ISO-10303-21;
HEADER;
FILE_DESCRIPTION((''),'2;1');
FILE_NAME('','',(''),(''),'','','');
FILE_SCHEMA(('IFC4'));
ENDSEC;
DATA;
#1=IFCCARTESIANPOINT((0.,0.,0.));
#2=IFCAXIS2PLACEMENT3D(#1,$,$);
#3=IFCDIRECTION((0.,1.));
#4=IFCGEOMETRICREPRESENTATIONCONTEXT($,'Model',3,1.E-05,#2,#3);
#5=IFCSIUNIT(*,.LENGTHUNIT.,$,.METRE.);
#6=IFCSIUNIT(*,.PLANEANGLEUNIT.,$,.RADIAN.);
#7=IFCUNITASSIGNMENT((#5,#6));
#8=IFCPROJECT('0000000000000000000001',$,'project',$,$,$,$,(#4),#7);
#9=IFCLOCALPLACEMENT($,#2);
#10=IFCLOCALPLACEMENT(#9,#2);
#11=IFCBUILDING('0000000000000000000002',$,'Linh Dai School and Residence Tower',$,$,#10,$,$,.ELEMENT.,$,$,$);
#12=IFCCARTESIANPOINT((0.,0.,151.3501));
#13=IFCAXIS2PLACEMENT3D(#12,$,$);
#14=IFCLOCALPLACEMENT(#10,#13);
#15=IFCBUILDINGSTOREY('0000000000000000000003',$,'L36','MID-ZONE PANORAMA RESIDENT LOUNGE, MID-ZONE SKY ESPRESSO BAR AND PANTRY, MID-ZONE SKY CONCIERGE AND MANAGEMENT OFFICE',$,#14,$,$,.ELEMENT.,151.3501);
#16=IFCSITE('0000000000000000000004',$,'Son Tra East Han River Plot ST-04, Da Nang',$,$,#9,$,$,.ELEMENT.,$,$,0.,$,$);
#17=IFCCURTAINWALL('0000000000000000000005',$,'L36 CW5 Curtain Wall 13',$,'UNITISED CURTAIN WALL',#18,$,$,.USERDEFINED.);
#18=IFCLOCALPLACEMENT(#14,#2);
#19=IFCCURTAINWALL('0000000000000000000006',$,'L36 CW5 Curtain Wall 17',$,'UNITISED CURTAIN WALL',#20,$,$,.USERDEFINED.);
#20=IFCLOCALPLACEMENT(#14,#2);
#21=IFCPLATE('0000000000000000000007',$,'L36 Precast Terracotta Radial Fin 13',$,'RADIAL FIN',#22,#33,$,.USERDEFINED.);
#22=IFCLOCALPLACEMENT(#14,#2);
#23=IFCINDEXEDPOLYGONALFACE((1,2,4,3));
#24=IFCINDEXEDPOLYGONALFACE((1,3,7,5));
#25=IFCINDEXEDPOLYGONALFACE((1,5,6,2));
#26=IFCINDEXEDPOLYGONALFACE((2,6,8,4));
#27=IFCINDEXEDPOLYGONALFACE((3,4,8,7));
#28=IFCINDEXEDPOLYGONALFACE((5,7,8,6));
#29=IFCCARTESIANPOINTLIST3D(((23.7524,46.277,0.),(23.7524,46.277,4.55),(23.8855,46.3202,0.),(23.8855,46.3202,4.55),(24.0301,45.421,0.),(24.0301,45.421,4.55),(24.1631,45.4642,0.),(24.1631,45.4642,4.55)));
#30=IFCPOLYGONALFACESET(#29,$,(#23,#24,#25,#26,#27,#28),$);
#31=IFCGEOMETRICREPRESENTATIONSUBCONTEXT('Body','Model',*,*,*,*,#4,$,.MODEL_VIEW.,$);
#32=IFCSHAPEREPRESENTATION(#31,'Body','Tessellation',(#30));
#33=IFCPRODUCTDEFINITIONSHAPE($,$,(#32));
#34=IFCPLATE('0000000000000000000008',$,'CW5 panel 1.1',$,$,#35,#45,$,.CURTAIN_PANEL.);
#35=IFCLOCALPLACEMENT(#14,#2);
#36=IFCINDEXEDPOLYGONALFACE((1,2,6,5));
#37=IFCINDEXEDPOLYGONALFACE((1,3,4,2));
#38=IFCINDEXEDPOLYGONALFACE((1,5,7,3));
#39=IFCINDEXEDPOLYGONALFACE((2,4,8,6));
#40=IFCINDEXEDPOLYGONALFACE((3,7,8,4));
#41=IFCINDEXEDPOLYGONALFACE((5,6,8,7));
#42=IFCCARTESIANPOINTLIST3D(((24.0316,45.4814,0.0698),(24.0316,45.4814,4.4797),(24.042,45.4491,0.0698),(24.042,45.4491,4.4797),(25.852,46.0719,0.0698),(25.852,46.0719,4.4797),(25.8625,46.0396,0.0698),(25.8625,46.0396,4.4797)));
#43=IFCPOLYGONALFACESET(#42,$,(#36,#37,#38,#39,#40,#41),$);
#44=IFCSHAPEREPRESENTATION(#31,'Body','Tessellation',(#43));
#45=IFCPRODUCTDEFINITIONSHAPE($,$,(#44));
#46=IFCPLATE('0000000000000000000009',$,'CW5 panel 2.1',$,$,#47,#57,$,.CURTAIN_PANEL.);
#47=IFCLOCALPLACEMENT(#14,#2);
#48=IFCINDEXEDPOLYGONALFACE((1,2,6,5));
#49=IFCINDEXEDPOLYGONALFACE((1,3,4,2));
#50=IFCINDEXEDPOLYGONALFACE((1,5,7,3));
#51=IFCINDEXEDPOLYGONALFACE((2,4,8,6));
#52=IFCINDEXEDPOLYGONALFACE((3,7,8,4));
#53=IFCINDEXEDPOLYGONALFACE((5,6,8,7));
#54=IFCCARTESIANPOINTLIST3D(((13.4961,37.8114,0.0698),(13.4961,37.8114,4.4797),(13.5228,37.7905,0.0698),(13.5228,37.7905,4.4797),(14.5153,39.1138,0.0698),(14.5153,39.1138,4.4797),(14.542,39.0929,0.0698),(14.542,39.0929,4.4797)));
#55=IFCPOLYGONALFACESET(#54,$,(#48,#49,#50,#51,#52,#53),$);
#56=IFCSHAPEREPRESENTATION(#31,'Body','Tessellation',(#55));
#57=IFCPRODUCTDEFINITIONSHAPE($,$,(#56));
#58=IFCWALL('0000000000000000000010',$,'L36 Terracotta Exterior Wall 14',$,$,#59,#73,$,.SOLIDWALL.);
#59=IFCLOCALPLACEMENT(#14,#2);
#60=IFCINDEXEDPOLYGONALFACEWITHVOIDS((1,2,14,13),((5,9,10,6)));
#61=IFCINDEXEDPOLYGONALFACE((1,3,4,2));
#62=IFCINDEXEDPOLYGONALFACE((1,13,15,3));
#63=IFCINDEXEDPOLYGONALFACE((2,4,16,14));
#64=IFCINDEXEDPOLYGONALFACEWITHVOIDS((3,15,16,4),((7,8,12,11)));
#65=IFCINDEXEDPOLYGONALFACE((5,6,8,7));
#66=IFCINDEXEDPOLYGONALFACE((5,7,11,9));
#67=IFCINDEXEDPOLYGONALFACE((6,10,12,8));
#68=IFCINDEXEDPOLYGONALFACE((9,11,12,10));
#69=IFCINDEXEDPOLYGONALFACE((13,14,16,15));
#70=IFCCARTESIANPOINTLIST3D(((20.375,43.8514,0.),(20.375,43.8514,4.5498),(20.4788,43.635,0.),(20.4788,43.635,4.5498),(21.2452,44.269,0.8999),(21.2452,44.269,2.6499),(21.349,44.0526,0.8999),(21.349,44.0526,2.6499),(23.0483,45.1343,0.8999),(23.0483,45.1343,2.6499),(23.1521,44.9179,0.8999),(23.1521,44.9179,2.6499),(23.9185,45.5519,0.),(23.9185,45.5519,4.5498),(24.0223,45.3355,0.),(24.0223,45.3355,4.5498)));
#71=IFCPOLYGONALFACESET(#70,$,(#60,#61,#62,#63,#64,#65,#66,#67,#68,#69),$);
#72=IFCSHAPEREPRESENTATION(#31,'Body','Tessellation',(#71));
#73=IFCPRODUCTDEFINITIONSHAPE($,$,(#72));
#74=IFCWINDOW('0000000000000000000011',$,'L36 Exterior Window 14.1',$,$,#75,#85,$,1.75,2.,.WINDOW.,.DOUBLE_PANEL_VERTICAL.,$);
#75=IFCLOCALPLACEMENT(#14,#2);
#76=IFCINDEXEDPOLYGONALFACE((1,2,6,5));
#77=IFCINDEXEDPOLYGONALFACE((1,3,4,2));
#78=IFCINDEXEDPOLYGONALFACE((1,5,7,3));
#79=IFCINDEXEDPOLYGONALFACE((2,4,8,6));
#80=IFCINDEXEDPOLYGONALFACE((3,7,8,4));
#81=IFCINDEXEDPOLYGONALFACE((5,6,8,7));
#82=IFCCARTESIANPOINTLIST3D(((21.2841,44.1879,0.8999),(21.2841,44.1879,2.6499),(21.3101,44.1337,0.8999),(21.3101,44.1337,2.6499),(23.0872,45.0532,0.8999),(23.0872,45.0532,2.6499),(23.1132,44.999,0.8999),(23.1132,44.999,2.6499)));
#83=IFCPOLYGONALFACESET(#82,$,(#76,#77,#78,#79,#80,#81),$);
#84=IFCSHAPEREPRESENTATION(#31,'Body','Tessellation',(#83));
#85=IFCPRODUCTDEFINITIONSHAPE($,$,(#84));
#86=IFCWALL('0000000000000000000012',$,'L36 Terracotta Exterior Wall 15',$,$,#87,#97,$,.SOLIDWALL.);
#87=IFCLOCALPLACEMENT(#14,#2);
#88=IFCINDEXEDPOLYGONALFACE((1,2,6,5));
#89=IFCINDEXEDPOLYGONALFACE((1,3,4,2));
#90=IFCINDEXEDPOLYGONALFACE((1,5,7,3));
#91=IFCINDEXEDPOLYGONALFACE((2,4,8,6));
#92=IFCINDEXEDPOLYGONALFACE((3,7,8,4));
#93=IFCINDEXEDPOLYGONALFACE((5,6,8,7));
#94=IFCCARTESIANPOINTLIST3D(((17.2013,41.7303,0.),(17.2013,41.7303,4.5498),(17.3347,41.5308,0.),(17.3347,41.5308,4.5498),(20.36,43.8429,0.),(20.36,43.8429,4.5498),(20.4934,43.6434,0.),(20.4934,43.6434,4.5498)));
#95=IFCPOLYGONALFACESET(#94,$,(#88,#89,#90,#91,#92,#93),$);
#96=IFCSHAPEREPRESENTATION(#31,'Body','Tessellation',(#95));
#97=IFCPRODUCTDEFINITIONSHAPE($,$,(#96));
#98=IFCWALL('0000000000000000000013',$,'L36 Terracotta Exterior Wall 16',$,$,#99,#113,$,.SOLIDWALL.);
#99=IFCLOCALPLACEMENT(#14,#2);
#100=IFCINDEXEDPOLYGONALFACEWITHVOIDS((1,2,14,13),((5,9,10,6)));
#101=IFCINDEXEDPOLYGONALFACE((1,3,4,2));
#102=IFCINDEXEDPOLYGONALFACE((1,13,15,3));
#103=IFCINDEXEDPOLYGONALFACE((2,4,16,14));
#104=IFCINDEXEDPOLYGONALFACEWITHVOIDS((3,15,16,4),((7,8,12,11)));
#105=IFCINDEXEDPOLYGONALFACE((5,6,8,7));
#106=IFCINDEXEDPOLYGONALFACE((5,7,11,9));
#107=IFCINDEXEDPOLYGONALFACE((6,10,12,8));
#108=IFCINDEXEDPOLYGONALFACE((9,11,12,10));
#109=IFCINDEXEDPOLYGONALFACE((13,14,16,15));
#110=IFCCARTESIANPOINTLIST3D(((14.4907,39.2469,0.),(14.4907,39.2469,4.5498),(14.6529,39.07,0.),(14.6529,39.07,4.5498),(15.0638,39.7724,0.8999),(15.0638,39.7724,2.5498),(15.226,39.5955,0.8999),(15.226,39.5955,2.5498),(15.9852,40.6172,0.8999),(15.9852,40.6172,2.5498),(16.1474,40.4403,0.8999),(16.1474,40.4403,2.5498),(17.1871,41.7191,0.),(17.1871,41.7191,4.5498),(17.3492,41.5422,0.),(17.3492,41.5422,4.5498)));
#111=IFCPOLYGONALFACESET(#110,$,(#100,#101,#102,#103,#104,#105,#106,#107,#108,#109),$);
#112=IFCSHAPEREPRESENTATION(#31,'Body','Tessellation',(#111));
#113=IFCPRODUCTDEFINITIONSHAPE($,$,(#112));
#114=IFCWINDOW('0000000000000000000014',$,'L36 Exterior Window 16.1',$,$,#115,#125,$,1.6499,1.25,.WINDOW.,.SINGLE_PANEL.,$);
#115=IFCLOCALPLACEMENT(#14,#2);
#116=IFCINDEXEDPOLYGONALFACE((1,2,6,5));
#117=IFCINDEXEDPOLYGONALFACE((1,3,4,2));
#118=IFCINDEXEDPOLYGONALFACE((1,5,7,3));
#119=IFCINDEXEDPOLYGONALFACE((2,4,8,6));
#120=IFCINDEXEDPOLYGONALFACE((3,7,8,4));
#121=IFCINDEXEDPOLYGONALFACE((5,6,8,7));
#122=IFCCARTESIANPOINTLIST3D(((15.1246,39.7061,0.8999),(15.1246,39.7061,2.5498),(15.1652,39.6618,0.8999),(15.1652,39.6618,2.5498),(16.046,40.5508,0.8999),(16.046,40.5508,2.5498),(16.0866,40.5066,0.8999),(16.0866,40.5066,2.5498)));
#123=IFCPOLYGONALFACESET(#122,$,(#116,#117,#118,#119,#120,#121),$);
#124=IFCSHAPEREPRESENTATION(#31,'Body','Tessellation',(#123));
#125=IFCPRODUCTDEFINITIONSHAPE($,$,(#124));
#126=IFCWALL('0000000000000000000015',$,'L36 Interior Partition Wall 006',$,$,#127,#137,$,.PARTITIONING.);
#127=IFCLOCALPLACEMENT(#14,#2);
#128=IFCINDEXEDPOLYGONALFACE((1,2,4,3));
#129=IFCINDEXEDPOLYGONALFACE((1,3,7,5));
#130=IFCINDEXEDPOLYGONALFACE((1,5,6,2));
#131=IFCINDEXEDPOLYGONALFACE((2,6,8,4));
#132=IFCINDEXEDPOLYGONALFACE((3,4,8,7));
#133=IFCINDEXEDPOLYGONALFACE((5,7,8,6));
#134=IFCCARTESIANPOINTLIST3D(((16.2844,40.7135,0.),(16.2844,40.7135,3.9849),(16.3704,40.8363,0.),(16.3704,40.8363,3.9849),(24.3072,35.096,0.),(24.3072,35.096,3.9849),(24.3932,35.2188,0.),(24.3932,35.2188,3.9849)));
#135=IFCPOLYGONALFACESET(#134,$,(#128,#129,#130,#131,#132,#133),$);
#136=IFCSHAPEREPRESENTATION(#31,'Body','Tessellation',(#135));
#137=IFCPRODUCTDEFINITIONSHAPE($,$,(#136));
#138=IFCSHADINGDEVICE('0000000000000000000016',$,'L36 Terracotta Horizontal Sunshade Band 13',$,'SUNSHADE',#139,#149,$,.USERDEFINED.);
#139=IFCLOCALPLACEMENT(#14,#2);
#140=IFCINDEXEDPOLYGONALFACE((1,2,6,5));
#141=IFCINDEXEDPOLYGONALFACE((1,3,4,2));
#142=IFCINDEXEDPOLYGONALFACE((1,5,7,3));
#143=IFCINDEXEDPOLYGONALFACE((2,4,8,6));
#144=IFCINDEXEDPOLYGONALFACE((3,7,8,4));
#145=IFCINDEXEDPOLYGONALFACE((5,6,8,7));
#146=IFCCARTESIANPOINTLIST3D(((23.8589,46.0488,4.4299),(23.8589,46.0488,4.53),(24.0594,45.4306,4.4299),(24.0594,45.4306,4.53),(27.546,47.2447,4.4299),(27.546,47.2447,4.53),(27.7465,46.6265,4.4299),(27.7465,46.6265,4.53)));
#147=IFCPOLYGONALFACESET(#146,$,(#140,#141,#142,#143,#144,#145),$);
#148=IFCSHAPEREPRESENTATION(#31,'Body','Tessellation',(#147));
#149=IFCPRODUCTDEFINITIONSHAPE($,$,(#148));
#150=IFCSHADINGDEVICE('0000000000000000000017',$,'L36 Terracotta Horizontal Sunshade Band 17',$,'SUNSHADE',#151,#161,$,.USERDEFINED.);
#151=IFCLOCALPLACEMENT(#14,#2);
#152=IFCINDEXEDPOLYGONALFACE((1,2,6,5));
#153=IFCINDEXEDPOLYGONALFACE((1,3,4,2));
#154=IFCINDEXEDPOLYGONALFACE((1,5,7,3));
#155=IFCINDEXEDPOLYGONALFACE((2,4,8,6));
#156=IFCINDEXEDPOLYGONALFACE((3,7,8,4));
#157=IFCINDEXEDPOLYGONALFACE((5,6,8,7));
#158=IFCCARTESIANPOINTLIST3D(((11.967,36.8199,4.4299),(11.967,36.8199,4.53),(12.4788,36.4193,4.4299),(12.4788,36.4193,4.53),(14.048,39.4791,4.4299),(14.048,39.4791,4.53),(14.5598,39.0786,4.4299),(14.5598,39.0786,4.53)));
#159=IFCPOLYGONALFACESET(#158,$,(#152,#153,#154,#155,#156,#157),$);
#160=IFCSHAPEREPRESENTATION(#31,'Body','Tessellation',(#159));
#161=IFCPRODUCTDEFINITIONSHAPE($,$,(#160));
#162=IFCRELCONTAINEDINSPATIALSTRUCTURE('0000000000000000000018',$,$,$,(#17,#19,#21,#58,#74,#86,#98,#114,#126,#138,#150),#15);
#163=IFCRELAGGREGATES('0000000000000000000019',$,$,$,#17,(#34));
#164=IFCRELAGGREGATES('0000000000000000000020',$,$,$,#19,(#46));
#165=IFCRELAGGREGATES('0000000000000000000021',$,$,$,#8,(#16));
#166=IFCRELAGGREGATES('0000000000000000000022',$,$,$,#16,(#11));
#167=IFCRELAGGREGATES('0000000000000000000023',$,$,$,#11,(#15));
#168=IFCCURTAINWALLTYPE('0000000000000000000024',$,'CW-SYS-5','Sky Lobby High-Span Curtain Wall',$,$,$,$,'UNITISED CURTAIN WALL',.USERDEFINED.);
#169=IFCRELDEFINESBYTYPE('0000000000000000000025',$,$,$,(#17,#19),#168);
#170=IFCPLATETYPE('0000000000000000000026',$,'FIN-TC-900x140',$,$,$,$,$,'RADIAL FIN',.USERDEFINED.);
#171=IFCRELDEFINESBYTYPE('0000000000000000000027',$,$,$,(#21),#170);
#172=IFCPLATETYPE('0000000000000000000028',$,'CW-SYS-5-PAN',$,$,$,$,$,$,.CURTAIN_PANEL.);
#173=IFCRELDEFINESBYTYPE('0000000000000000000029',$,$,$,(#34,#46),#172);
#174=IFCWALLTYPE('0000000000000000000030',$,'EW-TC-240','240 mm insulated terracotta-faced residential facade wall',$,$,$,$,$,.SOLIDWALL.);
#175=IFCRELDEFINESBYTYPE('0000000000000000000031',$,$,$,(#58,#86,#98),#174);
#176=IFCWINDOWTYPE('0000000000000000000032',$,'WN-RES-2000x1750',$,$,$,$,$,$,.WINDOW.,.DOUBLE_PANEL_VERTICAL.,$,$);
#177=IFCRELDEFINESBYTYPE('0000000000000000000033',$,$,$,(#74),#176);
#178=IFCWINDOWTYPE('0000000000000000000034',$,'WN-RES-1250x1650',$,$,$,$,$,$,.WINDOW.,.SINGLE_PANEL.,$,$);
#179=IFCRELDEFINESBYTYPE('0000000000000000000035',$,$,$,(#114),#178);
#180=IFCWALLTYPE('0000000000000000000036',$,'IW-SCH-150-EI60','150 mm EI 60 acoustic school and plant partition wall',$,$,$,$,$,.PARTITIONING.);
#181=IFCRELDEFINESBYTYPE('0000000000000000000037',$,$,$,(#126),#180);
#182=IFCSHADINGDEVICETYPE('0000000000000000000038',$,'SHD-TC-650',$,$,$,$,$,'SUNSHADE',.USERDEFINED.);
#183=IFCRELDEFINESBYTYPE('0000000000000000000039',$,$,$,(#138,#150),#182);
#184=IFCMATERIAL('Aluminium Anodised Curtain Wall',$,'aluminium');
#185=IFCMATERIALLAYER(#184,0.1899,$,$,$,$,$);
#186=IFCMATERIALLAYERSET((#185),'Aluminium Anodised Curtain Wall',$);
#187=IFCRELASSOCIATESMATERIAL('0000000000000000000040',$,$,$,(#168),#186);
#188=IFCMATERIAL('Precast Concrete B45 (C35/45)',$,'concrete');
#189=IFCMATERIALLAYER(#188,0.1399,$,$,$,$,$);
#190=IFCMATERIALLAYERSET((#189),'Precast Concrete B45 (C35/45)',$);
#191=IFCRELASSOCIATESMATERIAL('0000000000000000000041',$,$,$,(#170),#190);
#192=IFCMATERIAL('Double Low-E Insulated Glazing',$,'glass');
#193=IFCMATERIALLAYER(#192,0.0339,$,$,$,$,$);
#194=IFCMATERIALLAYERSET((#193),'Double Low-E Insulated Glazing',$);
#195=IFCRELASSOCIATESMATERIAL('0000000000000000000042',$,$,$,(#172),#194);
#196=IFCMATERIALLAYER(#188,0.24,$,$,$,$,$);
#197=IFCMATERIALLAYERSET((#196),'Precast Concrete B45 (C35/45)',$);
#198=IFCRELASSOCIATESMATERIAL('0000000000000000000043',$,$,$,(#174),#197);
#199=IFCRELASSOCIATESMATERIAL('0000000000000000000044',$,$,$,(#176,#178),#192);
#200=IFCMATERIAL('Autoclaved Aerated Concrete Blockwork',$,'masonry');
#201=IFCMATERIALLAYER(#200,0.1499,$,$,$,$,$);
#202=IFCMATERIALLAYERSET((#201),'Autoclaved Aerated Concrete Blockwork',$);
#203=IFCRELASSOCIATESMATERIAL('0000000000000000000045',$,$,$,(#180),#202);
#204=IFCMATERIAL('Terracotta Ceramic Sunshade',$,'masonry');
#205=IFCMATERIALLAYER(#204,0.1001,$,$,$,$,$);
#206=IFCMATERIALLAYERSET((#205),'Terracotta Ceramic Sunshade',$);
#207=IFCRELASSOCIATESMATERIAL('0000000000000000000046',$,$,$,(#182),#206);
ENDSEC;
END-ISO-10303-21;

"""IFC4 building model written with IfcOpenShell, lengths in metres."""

from ifc_helpers import new_model, si_unit, direction, frame, frame_2d, origin, origin_2d, place, context, subcontext, project, spatial, rectangle, extrude, source, transform, mapped, material, layer, layer_set, type_object, element, fill, aggregate, save


model = new_model("IFC4")

# Units and contexts
model_context = context("Model", 3, precision=1e-05, world=origin(), true_north=direction((0.0, 1.0)))
body_context = subcontext(model_context, "Body", "Model", "MODEL_VIEW")
ifc_project = project(units=[si_unit("LENGTHUNIT", "METRE"), si_unit("PLANEANGLEUNIT", "RADIAN")], contexts=[model_context])

# Site, building, storey
site_placement = place(None, origin())
site = spatial("IfcSite", under=ifc_project, at=site_placement, Name="Son Tra East Han River Plot ST-04, Da Nang", CompositionType="ELEMENT", RefElevation=0.0)
building_placement = place(site_placement, origin())
building = spatial("IfcBuilding", under=site, at=building_placement, Name="Linh Dai School and Residence Tower", CompositionType="ELEMENT")
storey_placement = place(building_placement, frame((0.0, 0.0, 151.3501)))
storey = spatial("IfcBuildingStorey", under=building, at=storey_placement, Name="L36", Description="MID-ZONE PANORAMA RESIDENT LOUNGE, MID-ZONE SKY ESPRESSO BAR AND PANTRY, MID-ZONE SKY CONCIERGE AND MANAGEMENT OFFICE", CompositionType="ELEMENT", Elevation=151.3501)

# Curtain walls
ifc_material_1 = material(Name="Aluminium Anodised Curtain Wall", Category="aluminium")
ifc_layer_1 = layer(ifc_material_1, 0.1899)
ifc_layer_set_1 = layer_set([ifc_layer_1], Name="Aluminium Anodised Curtain Wall")
curtain_wall_type = type_object("IfcCurtainWallType", Name="CW-SYS-5", Description="Sky Lobby High-Span Curtain Wall", ElementType="UNITISED CURTAIN WALL", PredefinedType="USERDEFINED", material=ifc_layer_set_1)
curtain_wall_1_placement = place(storey_placement, origin())
curtain_wall_1 = element("IfcCurtainWall", 1, at=curtain_wall_1_placement, inside=storey, type_object=curtain_wall_type, Name="L36 CW5 Curtain Wall 13", ObjectType="UNITISED CURTAIN WALL", PredefinedType="USERDEFINED")
curtain_wall_2_placement = place(storey_placement, origin())
curtain_wall_2 = element("IfcCurtainWall", 2, at=curtain_wall_2_placement, inside=storey, type_object=curtain_wall_type, Name="L36 CW5 Curtain Wall 17", ObjectType="UNITISED CURTAIN WALL", PredefinedType="USERDEFINED")

# Plate
ifc_material_2 = material(Name="Precast Concrete B45 (C35/45)", Category="concrete")
ifc_layer_2 = layer(ifc_material_2, 0.1399)
ifc_layer_set_2 = layer_set([ifc_layer_2], Name="Precast Concrete B45 (C35/45)")
plate_type_1 = type_object("IfcPlateType", Name="FIN-TC-900x140", ElementType="RADIAL FIN", PredefinedType="USERDEFINED", material=ifc_layer_set_2)
shared_shape_1 = source(origin(), body_context, "Body", "SweptSolid", [
    extrude(rectangle(XDim=0.8999, YDim=0.1399, at=origin_2d()), origin(), (0.0, 0.0, 1.0), 4.55),
])
plate_1_placement = place(storey_placement, frame((23.9578, 45.8706, 0.0), z_axis=(0.0, 0.0, 1.0), x_axis=(-0.308536, 0.951213, 0.0)))
element("IfcPlate", 3, at=plate_1_placement, inside=storey, type_object=plate_type_1, Name="L36 Precast Terracotta Radial Fin 13", ObjectType="RADIAL FIN", PredefinedType="USERDEFINED", context=body_context, shape_type="MappedRepresentation", body=[
    mapped(shared_shape_1, transform((0.0, 0.0, 0.0), x_axis=(1.0, 0.0, 0.0), y_axis=(0.0, 1.0, 0.0), z_axis=(0.0, 0.0, 1.0), scale=1.0)),
])

# Plates
ifc_material_3 = material(Name="Double Low-E Insulated Glazing", Category="glass")
ifc_layer_3 = layer(ifc_material_3, 0.0339)
ifc_layer_set_3 = layer_set([ifc_layer_3], Name="Double Low-E Insulated Glazing")
plate_type_2 = type_object("IfcPlateType", Name="CW-SYS-5-PAN", PredefinedType="CURTAIN_PANEL", material=ifc_layer_set_3)
shared_shape_2 = source(origin(), body_context, "Body", "SweptSolid", [
    extrude(rectangle(XDim=1.9138, YDim=0.0339, at=origin_2d()), origin(), (0.0, 0.0, 1.0), 4.4099),
])
plate_2_placement = place(storey_placement, frame((24.947, 45.7605, 0.0698), z_axis=(0.0, 0.0, 1.0), x_axis=(0.951213, 0.308536, 0.0)))
plate_2 = element("IfcPlate", 4, at=plate_2_placement, type_object=plate_type_2, Name="CW5 panel 1.1", PredefinedType="CURTAIN_PANEL", context=body_context, shape_type="MappedRepresentation", body=[
    mapped(shared_shape_2, transform((0.0, 0.0, 0.0), x_axis=(1.0, 0.0, 0.0), y_axis=(0.0, 1.0, 0.0), z_axis=(0.0, 0.0, 1.0), scale=1.0)),
])
aggregate(curtain_wall_1, [plate_2])
shared_shape_3 = source(origin(), body_context, "Body", "SweptSolid", [
    extrude(rectangle(XDim=1.6538, YDim=0.0339, at=origin_2d()), origin(), (0.0, 0.0, 1.0), 4.4099),
])
plate_3_placement = place(storey_placement, frame((14.019, 38.4521, 0.0698), z_axis=(0.0, 0.0, 1.0), x_axis=(0.616286, 0.787522, 0.0)))
plate_3 = element("IfcPlate", 5, at=plate_3_placement, type_object=plate_type_2, Name="CW5 panel 2.1", PredefinedType="CURTAIN_PANEL", context=body_context, shape_type="MappedRepresentation", body=[
    mapped(shared_shape_3, transform((0.0, 0.0, 0.0), x_axis=(1.0, 0.0, 0.0), y_axis=(0.0, 1.0, 0.0), z_axis=(0.0, 0.0, 1.0), scale=1.0)),
])
aggregate(curtain_wall_2, [plate_3])

# Wall, opening, window
ifc_layer_4 = layer(ifc_material_2, 0.24)
ifc_layer_set_4 = layer_set([ifc_layer_4], Name="Precast Concrete B45 (C35/45)")
wall_type_1 = type_object("IfcWallType", Name="EW-TC-240", Description="240 mm insulated terracotta-faced residential facade wall", PredefinedType="SOLIDWALL", material=ifc_layer_set_4)
wall_1_placement = place(storey_placement, frame((20.4268, 43.7432, 0.0), z_axis=(0.0, 0.0, 1.0), x_axis=(0.901565, 0.432644, 0.0)))
wall_1 = element("IfcWall", 6, at=wall_1_placement, inside=storey, type_object=wall_type_1, Name="L36 Terracotta Exterior Wall 14", PredefinedType="SOLIDWALL", context=body_context, shape_type="SweptSolid", body=[
    extrude(rectangle(XDim=3.9304, YDim=0.24, at=frame_2d((1.9653, 0.0))), origin(), (0.0, 0.0, 1.0), 4.5498),
])
opening_1_placement = place(wall_1_placement, frame((0.9653, 0.0, 0.8999)))
opening_1 = element("IfcOpeningElement", 7, at=opening_1_placement, cuts=wall_1, PredefinedType="OPENING", context=body_context, shape_type="SweptSolid", body=[
    extrude(rectangle(XDim=2.0, YDim=1.75, at=origin_2d()), frame((1.0, 0.1299, 0.875), z_axis=(0.0, -1.0, 0.0), x_axis=(1.0, 0.0, 0.0)), (0.0, 0.0, 1.0), 0.26),
])
window_type_1 = type_object("IfcWindowType", Name="WN-RES-2000x1750", PartitioningType="DOUBLE_PANEL_VERTICAL", PredefinedType="WINDOW", material=ifc_material_3)
shared_shape_4 = source(origin(), body_context, "Body", "SweptSolid", [
    extrude(rectangle(XDim=2.0, YDim=1.75, at=origin_2d()), frame((1.0, 0.03, 0.875), z_axis=(0.0, -1.0, 0.0), x_axis=(1.0, 0.0, 0.0)), (0.0, 0.0, 1.0), 0.0601),
])
window_1_placement = place(opening_1_placement, origin())
window_1 = element("IfcWindow", 8, at=window_1_placement, inside=storey, type_object=window_type_1, Name="L36 Exterior Window 14.1", OverallHeight=1.75, OverallWidth=2.0, PartitioningType="DOUBLE_PANEL_VERTICAL", PredefinedType="WINDOW", context=body_context, shape_type="MappedRepresentation", body=[
    mapped(shared_shape_4, transform((0.0, 0.0, 0.0), x_axis=(1.0, 0.0, 0.0), y_axis=(0.0, 1.0, 0.0), z_axis=(0.0, 0.0, 1.0), scale=1.0)),
])
fill(opening_1, window_1)

# Wall
wall_2_placement = place(storey_placement, frame((17.2681, 41.6306, 0.0), z_axis=(0.0, 0.0, 1.0), x_axis=(0.831229, 0.55593, 0.0)))
element("IfcWall", 9, at=wall_2_placement, inside=storey, type_object=wall_type_1, Name="L36 Terracotta Exterior Wall 15", PredefinedType="SOLIDWALL", context=body_context, shape_type="SweptSolid", body=[
    extrude(rectangle(XDim=3.8, YDim=0.24, at=frame_2d((1.8999, 0.0))), origin(), (0.0, 0.0, 1.0), 4.5498),
])

# Wall, opening, window
wall_3_placement = place(storey_placement, frame((14.5718, 39.1584, 0.0), z_axis=(0.0, 0.0, 1.0), x_axis=(0.737077, 0.675809, 0.0)))
wall_3 = element("IfcWall", 10, at=wall_3_placement, inside=storey, type_object=wall_type_1, Name="L36 Terracotta Exterior Wall 16", PredefinedType="SOLIDWALL", context=body_context, shape_type="SweptSolid", body=[
    extrude(rectangle(XDim=3.6582, YDim=0.24, at=frame_2d((1.8291, 0.0))), origin(), (0.0, 0.0, 1.0), 4.5498),
])
opening_2_placement = place(wall_3_placement, frame((0.7776, 0.0, 0.8999)))
opening_2 = element("IfcOpeningElement", 11, at=opening_2_placement, cuts=wall_3, PredefinedType="OPENING", context=body_context, shape_type="SweptSolid", body=[
    extrude(rectangle(XDim=1.25, YDim=1.6499, at=origin_2d()), frame((0.625, 0.1299, 0.825), z_axis=(0.0, -1.0, 0.0), x_axis=(1.0, 0.0, 0.0)), (0.0, 0.0, 1.0), 0.26),
])
window_type_2 = type_object("IfcWindowType", Name="WN-RES-1250x1650", PartitioningType="SINGLE_PANEL", PredefinedType="WINDOW", material=ifc_material_3)
shared_shape_5 = source(origin(), body_context, "Body", "SweptSolid", [
    extrude(rectangle(XDim=1.25, YDim=1.6499, at=origin_2d()), frame((0.625, 0.03, 0.825), z_axis=(0.0, -1.0, 0.0), x_axis=(1.0, 0.0, 0.0)), (0.0, 0.0, 1.0), 0.0601),
])
window_2_placement = place(opening_2_placement, origin())
window_2 = element("IfcWindow", 12, at=window_2_placement, inside=storey, type_object=window_type_2, Name="L36 Exterior Window 16.1", OverallHeight=1.6499, OverallWidth=1.25, PartitioningType="SINGLE_PANEL", PredefinedType="WINDOW", context=body_context, shape_type="MappedRepresentation", body=[
    mapped(shared_shape_5, transform((0.0, 0.0, 0.0), x_axis=(1.0, 0.0, 0.0), y_axis=(0.0, 1.0, 0.0), z_axis=(0.0, 0.0, 1.0), scale=1.0)),
])
fill(opening_2, window_2)

# Wall
ifc_material_4 = material(Name="Autoclaved Aerated Concrete Blockwork", Category="masonry")
ifc_layer_5 = layer(ifc_material_4, 0.1499)
ifc_layer_set_5 = layer_set([ifc_layer_5], Name="Autoclaved Aerated Concrete Blockwork")
wall_type_2 = type_object("IfcWallType", Name="IW-SCH-150-EI60", Description="150 mm EI 60 acoustic school and plant partition wall", PredefinedType="PARTITIONING", material=ifc_layer_set_5)
wall_4_placement = place(storey_placement, frame((16.3274, 40.7749, 0.0), z_axis=(0.0, 0.0, 1.0), x_axis=(0.819158, -0.573568, 0.0)))
element("IfcWall", 13, at=wall_4_placement, inside=storey, type_object=wall_type_2, Name="L36 Interior Partition Wall 006", PredefinedType="PARTITIONING", context=body_context, shape_type="SweptSolid", body=[
    extrude(rectangle(XDim=9.7939, YDim=0.1499, at=frame_2d((4.897, 0.0))), origin(), (0.0, 0.0, 1.0), 3.9849),
])

# Shading devices
ifc_material_5 = material(Name="Terracotta Ceramic Sunshade", Category="masonry")
ifc_layer_6 = layer(ifc_material_5, 0.1001)
ifc_layer_set_6 = layer_set([ifc_layer_6], Name="Terracotta Ceramic Sunshade")
shading_device_type = type_object("IfcShadingDeviceType", Name="SHD-TC-650", ElementType="SUNSHADE", PredefinedType="USERDEFINED", material=ifc_layer_set_6)
shared_shape_6 = source(origin(), body_context, "Body", "SweptSolid", [
    extrude(rectangle(XDim=3.8762, YDim=0.6499, at=origin_2d()), origin(), (0.0, 0.0, 1.0), 0.1001),
])
shading_device_1_placement = place(storey_placement, frame((25.8027, 46.3376, 4.4299), z_axis=(0.0, 0.0, 1.0), x_axis=(0.951213, 0.308536, 0.0)))
element("IfcShadingDevice", 14, at=shading_device_1_placement, inside=storey, type_object=shading_device_type, Name="L36 Terracotta Horizontal Sunshade Band 13", ObjectType="SUNSHADE", PredefinedType="USERDEFINED", context=body_context, shape_type="MappedRepresentation", body=[
    mapped(shared_shape_6, transform((0.0, 0.0, 0.0), x_axis=(1.0, 0.0, 0.0), y_axis=(0.0, 1.0, 0.0), z_axis=(0.0, 0.0, 1.0), scale=1.0)),
])
shared_shape_7 = source(origin(), body_context, "Body", "SweptSolid", [
    extrude(rectangle(XDim=3.3767, YDim=0.6499, at=origin_2d()), origin(), (0.0, 0.0, 1.0), 0.1001),
])
shading_device_2_placement = place(storey_placement, frame((13.2634, 37.9492, 4.4299), z_axis=(0.0, 0.0, 1.0), x_axis=(0.616286, 0.787522, 0.0)))
element("IfcShadingDevice", 15, at=shading_device_2_placement, inside=storey, type_object=shading_device_type, Name="L36 Terracotta Horizontal Sunshade Band 17", ObjectType="SUNSHADE", PredefinedType="USERDEFINED", context=body_context, shape_type="MappedRepresentation", body=[
    mapped(shared_shape_7, transform((0.0, 0.0, 0.0), x_axis=(1.0, 0.0, 0.0), y_axis=(0.0, 1.0, 0.0), z_axis=(0.0, 0.0, 1.0), scale=1.0)),
])

save(model, "model.ifc")
